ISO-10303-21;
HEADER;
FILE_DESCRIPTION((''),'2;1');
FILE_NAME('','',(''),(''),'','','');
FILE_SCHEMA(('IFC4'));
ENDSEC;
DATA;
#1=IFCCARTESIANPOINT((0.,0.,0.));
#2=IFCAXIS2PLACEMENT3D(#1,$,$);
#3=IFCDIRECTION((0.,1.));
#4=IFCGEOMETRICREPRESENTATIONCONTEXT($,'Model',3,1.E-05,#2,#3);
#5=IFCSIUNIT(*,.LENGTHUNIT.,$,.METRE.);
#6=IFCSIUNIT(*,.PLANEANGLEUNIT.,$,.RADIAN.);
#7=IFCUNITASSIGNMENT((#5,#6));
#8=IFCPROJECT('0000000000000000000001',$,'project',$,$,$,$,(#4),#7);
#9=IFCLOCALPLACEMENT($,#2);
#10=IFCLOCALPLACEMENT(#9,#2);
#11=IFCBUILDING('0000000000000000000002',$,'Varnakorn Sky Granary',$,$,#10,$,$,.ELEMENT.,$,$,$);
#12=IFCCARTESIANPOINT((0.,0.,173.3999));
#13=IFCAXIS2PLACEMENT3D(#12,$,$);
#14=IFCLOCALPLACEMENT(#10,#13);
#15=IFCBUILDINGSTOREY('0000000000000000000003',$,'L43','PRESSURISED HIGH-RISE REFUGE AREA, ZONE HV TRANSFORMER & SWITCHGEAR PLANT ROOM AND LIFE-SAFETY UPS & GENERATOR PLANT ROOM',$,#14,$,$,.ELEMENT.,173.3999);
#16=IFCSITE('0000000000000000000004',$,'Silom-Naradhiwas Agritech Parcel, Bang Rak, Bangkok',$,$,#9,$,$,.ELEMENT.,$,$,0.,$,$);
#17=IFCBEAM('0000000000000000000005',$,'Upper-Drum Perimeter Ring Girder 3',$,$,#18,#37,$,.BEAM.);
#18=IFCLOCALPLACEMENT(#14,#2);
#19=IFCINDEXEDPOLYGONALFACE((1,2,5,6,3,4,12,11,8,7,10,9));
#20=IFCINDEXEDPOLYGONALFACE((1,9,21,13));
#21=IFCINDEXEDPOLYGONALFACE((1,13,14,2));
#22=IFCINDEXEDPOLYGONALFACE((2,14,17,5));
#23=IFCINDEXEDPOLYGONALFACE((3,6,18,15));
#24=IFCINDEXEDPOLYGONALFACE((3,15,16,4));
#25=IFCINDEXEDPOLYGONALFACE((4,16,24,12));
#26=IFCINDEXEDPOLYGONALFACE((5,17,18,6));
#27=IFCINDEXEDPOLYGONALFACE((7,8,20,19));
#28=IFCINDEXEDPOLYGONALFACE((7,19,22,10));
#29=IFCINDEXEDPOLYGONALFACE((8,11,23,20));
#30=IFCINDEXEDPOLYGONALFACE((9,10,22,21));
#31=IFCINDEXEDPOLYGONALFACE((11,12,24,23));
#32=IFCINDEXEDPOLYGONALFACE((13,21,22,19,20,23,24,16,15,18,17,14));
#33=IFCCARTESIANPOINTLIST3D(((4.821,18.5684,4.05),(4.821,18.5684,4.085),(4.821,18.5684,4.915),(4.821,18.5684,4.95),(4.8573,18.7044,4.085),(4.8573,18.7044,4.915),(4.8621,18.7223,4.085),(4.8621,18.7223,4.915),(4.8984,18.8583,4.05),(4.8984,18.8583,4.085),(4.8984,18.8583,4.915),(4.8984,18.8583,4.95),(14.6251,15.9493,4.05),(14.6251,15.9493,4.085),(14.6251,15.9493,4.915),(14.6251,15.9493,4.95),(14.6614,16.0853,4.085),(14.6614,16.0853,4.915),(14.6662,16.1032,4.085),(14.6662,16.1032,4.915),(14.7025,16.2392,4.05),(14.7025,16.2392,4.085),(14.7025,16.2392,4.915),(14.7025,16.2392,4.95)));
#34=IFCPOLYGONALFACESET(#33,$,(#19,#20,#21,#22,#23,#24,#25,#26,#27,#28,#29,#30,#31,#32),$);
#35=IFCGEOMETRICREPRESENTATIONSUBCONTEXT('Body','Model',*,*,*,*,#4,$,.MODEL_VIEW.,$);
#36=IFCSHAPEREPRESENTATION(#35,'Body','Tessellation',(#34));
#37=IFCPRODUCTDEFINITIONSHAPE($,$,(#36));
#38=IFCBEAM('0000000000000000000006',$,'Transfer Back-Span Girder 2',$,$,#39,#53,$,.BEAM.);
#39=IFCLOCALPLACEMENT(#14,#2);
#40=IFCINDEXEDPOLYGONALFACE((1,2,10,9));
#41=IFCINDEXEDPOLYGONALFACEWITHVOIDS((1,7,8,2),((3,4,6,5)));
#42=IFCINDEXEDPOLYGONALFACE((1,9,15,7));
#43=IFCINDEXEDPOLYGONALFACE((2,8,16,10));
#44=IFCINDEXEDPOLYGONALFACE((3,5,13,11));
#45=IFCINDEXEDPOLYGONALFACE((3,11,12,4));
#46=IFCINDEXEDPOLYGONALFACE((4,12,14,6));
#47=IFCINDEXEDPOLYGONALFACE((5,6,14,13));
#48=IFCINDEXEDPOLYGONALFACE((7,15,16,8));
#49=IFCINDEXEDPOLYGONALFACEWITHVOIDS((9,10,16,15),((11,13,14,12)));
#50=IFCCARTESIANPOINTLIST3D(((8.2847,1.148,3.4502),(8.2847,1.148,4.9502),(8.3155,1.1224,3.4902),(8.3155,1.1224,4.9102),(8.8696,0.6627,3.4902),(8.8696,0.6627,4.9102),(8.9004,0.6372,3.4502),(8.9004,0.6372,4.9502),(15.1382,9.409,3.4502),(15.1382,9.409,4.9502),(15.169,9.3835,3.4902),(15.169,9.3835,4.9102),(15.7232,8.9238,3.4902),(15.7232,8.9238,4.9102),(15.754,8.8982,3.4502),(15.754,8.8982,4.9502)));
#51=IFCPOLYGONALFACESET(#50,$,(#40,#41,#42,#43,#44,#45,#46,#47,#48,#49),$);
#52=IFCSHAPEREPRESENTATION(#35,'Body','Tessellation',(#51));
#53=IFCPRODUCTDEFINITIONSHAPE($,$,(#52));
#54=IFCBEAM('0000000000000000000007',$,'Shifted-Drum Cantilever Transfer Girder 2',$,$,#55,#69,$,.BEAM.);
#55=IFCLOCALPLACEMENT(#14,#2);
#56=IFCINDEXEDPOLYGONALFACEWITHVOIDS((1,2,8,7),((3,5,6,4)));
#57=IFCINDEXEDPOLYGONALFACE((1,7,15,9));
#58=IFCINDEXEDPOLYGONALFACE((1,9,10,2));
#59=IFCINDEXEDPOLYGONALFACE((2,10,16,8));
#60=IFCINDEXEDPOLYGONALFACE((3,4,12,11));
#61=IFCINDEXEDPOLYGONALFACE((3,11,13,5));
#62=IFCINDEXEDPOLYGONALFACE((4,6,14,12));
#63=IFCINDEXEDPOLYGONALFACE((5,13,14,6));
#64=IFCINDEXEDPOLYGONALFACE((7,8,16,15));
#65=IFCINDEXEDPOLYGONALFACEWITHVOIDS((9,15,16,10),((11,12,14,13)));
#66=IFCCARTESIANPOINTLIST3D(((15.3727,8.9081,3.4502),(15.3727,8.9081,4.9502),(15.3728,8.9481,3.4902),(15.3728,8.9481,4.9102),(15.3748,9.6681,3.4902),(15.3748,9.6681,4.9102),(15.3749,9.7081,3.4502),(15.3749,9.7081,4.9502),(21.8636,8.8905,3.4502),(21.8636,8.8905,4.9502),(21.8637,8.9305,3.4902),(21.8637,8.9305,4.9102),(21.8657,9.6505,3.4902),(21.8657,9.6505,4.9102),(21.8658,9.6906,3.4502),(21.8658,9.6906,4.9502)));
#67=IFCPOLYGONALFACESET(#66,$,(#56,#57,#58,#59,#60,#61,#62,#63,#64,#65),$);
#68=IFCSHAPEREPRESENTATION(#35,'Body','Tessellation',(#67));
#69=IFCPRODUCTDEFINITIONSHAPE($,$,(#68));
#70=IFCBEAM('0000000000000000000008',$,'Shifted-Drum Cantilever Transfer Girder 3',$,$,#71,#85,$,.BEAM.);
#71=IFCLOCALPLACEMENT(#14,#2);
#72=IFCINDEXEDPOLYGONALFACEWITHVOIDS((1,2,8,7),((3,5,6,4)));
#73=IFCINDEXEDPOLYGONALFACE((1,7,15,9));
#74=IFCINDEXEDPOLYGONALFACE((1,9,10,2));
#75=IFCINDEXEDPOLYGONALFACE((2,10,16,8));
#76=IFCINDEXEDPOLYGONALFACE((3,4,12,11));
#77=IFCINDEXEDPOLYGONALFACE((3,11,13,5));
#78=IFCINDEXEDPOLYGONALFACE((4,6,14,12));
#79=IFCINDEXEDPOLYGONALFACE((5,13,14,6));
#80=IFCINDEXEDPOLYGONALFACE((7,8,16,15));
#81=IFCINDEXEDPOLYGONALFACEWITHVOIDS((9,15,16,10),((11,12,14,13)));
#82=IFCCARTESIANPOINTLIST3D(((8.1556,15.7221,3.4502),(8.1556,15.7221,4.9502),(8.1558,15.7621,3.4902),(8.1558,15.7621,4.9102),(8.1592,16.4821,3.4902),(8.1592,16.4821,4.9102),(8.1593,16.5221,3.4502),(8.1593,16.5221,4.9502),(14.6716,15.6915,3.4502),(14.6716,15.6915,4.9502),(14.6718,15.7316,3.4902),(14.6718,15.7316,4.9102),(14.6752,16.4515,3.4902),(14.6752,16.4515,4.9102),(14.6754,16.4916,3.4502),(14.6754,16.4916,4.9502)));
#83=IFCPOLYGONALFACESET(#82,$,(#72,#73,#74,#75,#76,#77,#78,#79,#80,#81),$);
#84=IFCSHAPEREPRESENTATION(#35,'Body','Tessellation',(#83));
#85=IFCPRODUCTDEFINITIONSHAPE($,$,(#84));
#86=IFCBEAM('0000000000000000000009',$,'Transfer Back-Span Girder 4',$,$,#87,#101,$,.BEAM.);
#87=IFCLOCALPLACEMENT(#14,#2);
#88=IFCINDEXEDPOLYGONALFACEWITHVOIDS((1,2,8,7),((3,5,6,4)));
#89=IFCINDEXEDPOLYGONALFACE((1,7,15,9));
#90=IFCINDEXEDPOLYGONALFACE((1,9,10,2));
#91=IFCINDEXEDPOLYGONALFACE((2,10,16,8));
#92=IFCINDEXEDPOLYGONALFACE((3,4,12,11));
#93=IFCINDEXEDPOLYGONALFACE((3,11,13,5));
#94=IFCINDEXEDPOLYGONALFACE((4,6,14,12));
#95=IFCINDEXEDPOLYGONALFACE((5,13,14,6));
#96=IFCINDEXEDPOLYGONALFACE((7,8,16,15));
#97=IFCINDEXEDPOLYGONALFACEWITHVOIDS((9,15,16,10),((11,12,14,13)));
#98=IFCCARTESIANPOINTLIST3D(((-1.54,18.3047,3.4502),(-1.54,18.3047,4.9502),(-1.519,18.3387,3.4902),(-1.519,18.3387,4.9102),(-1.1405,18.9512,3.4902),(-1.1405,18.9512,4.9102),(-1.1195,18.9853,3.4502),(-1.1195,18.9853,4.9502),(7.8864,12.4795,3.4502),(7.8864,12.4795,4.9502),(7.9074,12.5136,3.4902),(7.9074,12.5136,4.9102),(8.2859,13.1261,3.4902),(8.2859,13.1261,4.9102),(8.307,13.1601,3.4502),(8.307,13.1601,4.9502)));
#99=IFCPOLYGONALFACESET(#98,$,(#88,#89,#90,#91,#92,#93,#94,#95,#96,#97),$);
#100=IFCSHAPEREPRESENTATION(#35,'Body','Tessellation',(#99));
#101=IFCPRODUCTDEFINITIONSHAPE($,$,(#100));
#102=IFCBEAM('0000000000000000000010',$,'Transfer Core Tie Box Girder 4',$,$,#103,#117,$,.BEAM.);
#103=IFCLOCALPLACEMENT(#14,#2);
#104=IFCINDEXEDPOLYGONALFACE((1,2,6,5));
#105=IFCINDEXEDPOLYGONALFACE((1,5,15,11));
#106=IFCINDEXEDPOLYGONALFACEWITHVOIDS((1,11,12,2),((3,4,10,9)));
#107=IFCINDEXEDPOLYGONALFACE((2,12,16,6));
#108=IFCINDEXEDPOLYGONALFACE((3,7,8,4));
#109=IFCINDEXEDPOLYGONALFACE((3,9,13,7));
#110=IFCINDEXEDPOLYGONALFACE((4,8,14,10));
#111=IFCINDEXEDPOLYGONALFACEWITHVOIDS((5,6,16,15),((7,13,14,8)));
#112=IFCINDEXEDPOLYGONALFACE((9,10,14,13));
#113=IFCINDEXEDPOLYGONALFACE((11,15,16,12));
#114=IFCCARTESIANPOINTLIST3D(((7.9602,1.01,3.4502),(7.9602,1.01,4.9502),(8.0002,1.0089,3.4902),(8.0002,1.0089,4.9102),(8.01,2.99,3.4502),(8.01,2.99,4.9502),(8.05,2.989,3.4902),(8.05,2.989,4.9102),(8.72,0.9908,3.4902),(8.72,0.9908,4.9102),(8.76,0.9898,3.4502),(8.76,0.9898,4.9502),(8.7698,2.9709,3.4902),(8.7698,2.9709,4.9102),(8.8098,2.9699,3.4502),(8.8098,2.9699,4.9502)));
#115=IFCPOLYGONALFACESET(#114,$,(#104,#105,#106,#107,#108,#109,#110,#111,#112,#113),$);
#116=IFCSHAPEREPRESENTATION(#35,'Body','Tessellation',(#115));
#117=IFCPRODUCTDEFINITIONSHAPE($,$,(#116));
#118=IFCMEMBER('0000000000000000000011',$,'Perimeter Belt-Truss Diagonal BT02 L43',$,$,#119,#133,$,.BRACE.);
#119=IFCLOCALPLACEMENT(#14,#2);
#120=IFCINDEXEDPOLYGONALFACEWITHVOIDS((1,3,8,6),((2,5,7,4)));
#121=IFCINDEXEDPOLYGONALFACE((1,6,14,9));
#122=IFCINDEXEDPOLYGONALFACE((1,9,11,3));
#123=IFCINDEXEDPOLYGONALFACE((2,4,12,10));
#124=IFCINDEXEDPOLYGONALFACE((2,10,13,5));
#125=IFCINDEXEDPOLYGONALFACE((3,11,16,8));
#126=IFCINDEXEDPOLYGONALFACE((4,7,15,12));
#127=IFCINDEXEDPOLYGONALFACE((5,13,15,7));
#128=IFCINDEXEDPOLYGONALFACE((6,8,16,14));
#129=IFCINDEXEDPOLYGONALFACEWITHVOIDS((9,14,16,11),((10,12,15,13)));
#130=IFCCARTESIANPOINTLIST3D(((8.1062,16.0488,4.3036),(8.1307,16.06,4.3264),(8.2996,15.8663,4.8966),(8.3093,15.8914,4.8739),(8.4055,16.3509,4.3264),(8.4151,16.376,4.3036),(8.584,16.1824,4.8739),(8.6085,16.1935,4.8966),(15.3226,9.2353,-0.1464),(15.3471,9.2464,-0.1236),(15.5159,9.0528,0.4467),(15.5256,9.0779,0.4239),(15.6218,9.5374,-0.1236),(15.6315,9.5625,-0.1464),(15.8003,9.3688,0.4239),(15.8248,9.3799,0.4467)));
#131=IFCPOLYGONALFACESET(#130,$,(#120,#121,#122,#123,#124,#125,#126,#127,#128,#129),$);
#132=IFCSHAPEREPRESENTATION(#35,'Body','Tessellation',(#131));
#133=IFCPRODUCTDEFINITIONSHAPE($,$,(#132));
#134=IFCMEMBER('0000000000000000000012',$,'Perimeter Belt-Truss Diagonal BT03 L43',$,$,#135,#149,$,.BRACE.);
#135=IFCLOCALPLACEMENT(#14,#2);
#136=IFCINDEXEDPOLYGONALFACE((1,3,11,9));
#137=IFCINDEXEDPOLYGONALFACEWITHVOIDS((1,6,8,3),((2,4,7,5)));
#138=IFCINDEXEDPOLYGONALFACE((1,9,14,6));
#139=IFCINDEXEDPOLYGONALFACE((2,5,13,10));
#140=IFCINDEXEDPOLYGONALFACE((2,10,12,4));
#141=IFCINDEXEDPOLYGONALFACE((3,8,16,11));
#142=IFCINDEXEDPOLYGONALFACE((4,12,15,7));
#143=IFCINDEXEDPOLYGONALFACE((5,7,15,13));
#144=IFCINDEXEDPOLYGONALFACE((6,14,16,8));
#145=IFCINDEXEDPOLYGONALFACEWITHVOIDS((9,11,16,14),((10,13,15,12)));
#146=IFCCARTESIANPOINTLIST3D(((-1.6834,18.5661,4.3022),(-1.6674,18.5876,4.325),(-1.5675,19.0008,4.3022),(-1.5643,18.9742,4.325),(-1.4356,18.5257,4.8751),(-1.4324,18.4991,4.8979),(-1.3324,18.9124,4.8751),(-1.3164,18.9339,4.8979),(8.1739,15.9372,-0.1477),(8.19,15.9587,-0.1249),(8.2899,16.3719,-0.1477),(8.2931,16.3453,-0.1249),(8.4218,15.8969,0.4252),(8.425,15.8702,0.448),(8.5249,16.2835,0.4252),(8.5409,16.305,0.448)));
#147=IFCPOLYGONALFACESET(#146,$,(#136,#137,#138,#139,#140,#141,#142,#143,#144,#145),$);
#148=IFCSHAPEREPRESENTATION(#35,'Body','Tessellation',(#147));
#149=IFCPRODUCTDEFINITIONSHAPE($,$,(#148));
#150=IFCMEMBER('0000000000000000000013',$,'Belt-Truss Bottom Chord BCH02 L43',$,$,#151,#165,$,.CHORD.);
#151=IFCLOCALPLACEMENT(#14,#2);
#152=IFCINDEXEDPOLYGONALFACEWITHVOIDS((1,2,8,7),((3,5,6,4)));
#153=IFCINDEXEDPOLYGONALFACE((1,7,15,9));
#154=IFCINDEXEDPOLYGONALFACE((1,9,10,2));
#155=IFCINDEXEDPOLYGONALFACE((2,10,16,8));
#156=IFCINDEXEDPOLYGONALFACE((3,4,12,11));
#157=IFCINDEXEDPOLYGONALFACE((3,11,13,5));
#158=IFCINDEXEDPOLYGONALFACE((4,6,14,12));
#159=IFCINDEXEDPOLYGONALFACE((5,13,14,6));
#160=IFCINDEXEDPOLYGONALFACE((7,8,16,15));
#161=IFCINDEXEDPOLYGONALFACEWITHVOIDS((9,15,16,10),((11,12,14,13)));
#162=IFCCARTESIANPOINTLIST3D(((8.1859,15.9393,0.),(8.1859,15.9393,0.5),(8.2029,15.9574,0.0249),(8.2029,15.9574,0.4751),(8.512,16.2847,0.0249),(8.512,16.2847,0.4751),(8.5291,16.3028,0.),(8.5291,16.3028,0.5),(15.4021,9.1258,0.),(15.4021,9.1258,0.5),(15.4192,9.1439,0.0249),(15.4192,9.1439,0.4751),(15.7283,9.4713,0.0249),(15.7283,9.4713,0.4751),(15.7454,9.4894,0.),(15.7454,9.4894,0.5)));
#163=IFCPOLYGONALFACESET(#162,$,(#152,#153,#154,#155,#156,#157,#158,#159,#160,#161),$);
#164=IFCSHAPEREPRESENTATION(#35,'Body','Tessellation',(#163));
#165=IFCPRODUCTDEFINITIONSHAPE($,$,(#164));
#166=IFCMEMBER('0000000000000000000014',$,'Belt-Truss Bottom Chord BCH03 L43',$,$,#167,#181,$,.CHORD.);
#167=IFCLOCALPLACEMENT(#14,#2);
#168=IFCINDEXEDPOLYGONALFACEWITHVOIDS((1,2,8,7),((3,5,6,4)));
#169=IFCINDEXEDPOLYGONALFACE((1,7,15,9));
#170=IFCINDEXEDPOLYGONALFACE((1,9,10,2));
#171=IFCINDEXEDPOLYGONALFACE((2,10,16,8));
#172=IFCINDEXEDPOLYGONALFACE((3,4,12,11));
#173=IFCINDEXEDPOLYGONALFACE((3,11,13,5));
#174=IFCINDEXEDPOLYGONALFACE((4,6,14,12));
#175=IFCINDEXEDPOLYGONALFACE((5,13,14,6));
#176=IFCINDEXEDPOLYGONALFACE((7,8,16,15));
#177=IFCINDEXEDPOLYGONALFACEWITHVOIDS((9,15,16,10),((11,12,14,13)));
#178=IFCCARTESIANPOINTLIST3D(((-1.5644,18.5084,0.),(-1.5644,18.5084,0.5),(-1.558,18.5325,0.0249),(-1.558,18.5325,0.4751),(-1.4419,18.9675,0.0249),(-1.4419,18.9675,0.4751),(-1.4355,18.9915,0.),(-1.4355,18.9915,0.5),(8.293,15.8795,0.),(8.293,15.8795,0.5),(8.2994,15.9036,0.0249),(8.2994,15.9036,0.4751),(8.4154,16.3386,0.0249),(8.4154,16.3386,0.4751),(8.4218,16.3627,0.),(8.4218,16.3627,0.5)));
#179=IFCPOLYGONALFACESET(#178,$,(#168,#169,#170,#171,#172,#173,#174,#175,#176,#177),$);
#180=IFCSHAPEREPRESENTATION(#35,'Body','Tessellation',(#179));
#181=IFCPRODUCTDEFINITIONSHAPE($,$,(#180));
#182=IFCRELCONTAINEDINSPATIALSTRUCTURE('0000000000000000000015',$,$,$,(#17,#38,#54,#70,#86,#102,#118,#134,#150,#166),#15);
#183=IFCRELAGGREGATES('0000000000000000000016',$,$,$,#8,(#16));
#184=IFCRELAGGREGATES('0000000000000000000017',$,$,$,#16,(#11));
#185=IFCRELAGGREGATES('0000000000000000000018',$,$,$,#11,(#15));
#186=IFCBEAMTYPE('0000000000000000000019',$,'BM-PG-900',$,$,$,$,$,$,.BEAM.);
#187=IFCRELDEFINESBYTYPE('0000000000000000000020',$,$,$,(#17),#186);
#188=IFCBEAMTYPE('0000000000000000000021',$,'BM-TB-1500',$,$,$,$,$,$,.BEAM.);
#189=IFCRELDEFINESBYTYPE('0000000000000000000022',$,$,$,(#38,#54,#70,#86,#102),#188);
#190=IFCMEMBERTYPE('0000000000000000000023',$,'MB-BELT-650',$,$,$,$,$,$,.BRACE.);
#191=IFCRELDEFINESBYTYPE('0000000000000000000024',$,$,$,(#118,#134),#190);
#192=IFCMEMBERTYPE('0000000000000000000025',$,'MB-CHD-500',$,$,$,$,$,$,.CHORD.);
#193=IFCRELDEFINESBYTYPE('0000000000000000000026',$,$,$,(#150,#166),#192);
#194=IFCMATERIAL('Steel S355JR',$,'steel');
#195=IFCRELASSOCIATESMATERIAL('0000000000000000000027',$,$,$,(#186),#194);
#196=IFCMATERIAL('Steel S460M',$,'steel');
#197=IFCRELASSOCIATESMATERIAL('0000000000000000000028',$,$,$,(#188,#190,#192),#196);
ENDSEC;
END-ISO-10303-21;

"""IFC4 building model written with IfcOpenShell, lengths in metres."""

from ifc_helpers import new_model, si_unit, direction, frame, origin, origin_2d, place, context, subcontext, project, spatial, hollow_rectangle, i_section, extrude, material, material_profile, profile_set, type_object, element, save


model = new_model("IFC4")

# Units and contexts
model_context = context("Model", 3, precision=1e-05, world=origin(), true_north=direction((0.0, 1.0)))
body_context = subcontext(model_context, "Body", "Model", "MODEL_VIEW")
ifc_project = project(units=[si_unit("LENGTHUNIT", "METRE"), si_unit("PLANEANGLEUNIT", "RADIAN")], contexts=[model_context])

# Site, building, storey
site_placement = place(None, origin())
site = spatial("IfcSite", under=ifc_project, at=site_placement, Name="Silom-Naradhiwas Agritech Parcel, Bang Rak, Bangkok", CompositionType="ELEMENT", RefElevation=0.0)
building_placement = place(site_placement, origin())
building = spatial("IfcBuilding", under=site, at=building_placement, Name="Varnakorn Sky Granary", CompositionType="ELEMENT")
storey_placement = place(building_placement, frame((0.0, 0.0, 173.3999)))
storey = spatial("IfcBuildingStorey", under=building, at=storey_placement, Name="L43", Description="PRESSURISED HIGH-RISE REFUGE AREA, ZONE HV TRANSFORMER & SWITCHGEAR PLANT ROOM AND LIFE-SAFETY UPS & GENERATOR PLANT ROOM", CompositionType="ELEMENT", Elevation=173.3999)

# Shared definitions
ifc_material_1 = material(Name="Steel S460M", Category="steel")

# Beams
ifc_material_2 = material(Name="Steel S355JR", Category="steel")
ifc_material_profile_1 = material_profile(ifc_material_2, i_section(OverallWidth=0.3, OverallDepth=0.8999, WebThickness=0.0186, FlangeThickness=0.0349, at=origin_2d()), Name="HE 900 B")
ifc_profile_set_1 = profile_set([ifc_material_profile_1], Name="Steel S355JR")
beam_type_1 = type_object("IfcBeamType", Name="BM-PG-900", PredefinedType="BEAM", material=ifc_profile_set_1)
beam_1_placement = place(storey_placement, frame((14.6638, 16.0942, 4.5), z_axis=(-0.96612, 0.258094, 0.0), x_axis=(-0.258094, -0.96612, 0.0)))
element("IfcBeam", 1, at=beam_1_placement, inside=storey, type_object=beam_type_1, Name="Upper-Drum Perimeter Ring Girder 3", PredefinedType="BEAM", context=body_context, shape_type="SweptSolid", body=[
    extrude(i_section(OverallWidth=0.3, OverallDepth=0.8999, WebThickness=0.0186, FlangeThickness=0.0349, at=origin_2d()), origin(), (0.0, 0.0, 1.0), 10.1479),
])
ifc_material_profile_2 = material_profile(ifc_material_1, hollow_rectangle(XDim=0.8, YDim=1.5, WallThickness=0.04, at=origin_2d()), Name="BOX 800x1500x40")
ifc_profile_set_2 = profile_set([ifc_material_profile_2], Name="Steel S460M")
beam_type_2 = type_object("IfcBeamType", Name="BM-TB-1500", PredefinedType="BEAM", material=ifc_profile_set_2)
beam_2_placement = place(storey_placement, frame((8.5925, 0.8926, 4.2002), z_axis=(0.638498, 0.769623, 0.0), x_axis=(-0.769623, 0.638498, 0.0)))
element("IfcBeam", 2, at=beam_2_placement, inside=storey, type_object=beam_type_2, Name="Transfer Back-Span Girder 2", PredefinedType="BEAM", context=body_context, shape_type="SweptSolid", body=[
    extrude(hollow_rectangle(XDim=0.8, YDim=1.5, WallThickness=0.04, at=origin_2d()), origin(), (0.0, 0.0, 1.0), 10.7339),
])
beam_3_placement = place(storey_placement, frame((15.3738, 9.3081, 4.2002), z_axis=(0.999996, -0.002708, 0.0), x_axis=(0.002708, 0.999996, 0.0)))
element("IfcBeam", 3, at=beam_3_placement, inside=storey, type_object=beam_type_2, Name="Shifted-Drum Cantilever Transfer Girder 2", PredefinedType="BEAM", context=body_context, shape_type="SweptSolid", body=[
    extrude(hollow_rectangle(XDim=0.8, YDim=1.5, WallThickness=0.04, at=origin_2d()), origin(), (0.0, 0.0, 1.0), 6.491),
])
beam_4_placement = place(storey_placement, frame((8.1575, 16.1221, 4.2002), z_axis=(0.999989, -0.004683, 0.0), x_axis=(0.004683, 0.999989, 0.0)))
element("IfcBeam", 4, at=beam_4_placement, inside=storey, type_object=beam_type_2, Name="Shifted-Drum Cantilever Transfer Girder 3", PredefinedType="BEAM", context=body_context, shape_type="SweptSolid", body=[
    extrude(hollow_rectangle(XDim=0.8, YDim=1.5, WallThickness=0.04, at=origin_2d()), origin(), (0.0, 0.0, 1.0), 6.5161),
])
beam_5_placement = place(storey_placement, frame((8.0967, 12.8198, 4.2002), z_axis=(-0.850679, 0.525685, 0.0), x_axis=(-0.525685, -0.850679, 0.0)))
element("IfcBeam", 5, at=beam_5_placement, inside=storey, type_object=beam_type_2, Name="Transfer Back-Span Girder 4", PredefinedType="BEAM", context=body_context, shape_type="SweptSolid", body=[
    extrude(hollow_rectangle(XDim=0.8, YDim=1.5, WallThickness=0.04, at=origin_2d()), origin(), (0.0, 0.0, 1.0), 11.0811),
])
beam_6_placement = place(storey_placement, frame((8.4099, 2.98, 4.2002), z_axis=(-0.025146, -0.999684, 0.0), x_axis=(0.999684, -0.025146, 0.0)))
element("IfcBeam", 6, at=beam_6_placement, inside=storey, type_object=beam_type_2, Name="Transfer Core Tie Box Girder 4", PredefinedType="BEAM", context=body_context, shape_type="SweptSolid", body=[
    extrude(hollow_rectangle(XDim=0.8, YDim=1.5, WallThickness=0.04, at=origin_2d()), origin(), (0.0, 0.0, 1.0), 1.9807),
])

# Members
ifc_material_profile_3 = material_profile(ifc_material_1, hollow_rectangle(XDim=0.45, YDim=0.6499, WallThickness=0.0249, at=origin_2d()), Name="RHS 450x650x25")
ifc_profile_set_3 = profile_set([ifc_material_profile_3], Name="Steel S460M")
member_type_1 = type_object("IfcMemberType", Name="MB-BELT-650", PredefinedType="BRACE", material=ifc_profile_set_3)
member_1_placement = place(storey_placement, frame((15.5737, 9.3076, 0.1501), z_axis=(-0.66347, 0.626434, 0.40913), x_axis=(-0.686521, -0.72711, 0.0)))
element("IfcMember", 7, at=member_1_placement, inside=storey, type_object=member_type_1, Name="Perimeter Belt-Truss Diagonal BT02 L43", PredefinedType="BRACE", context=body_context, shape_type="SweptSolid", body=[
    extrude(hollow_rectangle(XDim=0.45, YDim=0.6499, WallThickness=0.0249, at=origin_2d()), origin(), (0.0, 0.0, 1.0), 10.8767),
])
member_2_placement = place(storey_placement, frame((8.3574, 16.1211, 0.1501), z_axis=(-0.885644, 0.236195, 0.399808), x_axis=(-0.257686, -0.966229, 0.0)))
element("IfcMember", 8, at=member_2_placement, inside=storey, type_object=member_type_1, Name="Perimeter Belt-Truss Diagonal BT03 L43", PredefinedType="BRACE", context=body_context, shape_type="SweptSolid", body=[
    extrude(hollow_rectangle(XDim=0.45, YDim=0.6499, WallThickness=0.0249, at=origin_2d()), origin(), (0.0, 0.0, 1.0), 11.1301),
])
ifc_material_profile_4 = material_profile(ifc_material_1, hollow_rectangle(XDim=0.5, YDim=0.5, WallThickness=0.0249, at=origin_2d()), Name="SHS 500x500x25")
ifc_profile_set_4 = profile_set([ifc_material_profile_4], Name="Steel S460M")
member_type_2 = type_object("IfcMemberType", Name="MB-CHD-500", PredefinedType="CHORD", material=ifc_profile_set_4)
member_3_placement = place(storey_placement, frame((15.5737, 9.3076, 0.25), z_axis=(-0.72711, 0.686521, 0.0), x_axis=(-0.686521, -0.72711, 0.0)))
element("IfcMember", 9, at=member_3_placement, inside=storey, type_object=member_type_2, Name="Belt-Truss Bottom Chord BCH02 L43", PredefinedType="CHORD", context=body_context, shape_type="SweptSolid", body=[
    extrude(hollow_rectangle(XDim=0.5, YDim=0.5, WallThickness=0.0249, at=origin_2d()), origin(), (0.0, 0.0, 1.0), 9.9246),
])
member_4_placement = place(storey_placement, frame((8.3574, 16.1211, 0.25), z_axis=(-0.966229, 0.257686, 0.0), x_axis=(-0.257686, -0.966229, 0.0)))
element("IfcMember", 10, at=member_4_placement, inside=storey, type_object=member_type_2, Name="Belt-Truss Bottom Chord BCH03 L43", PredefinedType="CHORD", context=body_context, shape_type="SweptSolid", body=[
    extrude(hollow_rectangle(XDim=0.5, YDim=0.5, WallThickness=0.0249, at=origin_2d()), origin(), (0.0, 0.0, 1.0), 10.2019),
])

save(model, "model.ifc")
